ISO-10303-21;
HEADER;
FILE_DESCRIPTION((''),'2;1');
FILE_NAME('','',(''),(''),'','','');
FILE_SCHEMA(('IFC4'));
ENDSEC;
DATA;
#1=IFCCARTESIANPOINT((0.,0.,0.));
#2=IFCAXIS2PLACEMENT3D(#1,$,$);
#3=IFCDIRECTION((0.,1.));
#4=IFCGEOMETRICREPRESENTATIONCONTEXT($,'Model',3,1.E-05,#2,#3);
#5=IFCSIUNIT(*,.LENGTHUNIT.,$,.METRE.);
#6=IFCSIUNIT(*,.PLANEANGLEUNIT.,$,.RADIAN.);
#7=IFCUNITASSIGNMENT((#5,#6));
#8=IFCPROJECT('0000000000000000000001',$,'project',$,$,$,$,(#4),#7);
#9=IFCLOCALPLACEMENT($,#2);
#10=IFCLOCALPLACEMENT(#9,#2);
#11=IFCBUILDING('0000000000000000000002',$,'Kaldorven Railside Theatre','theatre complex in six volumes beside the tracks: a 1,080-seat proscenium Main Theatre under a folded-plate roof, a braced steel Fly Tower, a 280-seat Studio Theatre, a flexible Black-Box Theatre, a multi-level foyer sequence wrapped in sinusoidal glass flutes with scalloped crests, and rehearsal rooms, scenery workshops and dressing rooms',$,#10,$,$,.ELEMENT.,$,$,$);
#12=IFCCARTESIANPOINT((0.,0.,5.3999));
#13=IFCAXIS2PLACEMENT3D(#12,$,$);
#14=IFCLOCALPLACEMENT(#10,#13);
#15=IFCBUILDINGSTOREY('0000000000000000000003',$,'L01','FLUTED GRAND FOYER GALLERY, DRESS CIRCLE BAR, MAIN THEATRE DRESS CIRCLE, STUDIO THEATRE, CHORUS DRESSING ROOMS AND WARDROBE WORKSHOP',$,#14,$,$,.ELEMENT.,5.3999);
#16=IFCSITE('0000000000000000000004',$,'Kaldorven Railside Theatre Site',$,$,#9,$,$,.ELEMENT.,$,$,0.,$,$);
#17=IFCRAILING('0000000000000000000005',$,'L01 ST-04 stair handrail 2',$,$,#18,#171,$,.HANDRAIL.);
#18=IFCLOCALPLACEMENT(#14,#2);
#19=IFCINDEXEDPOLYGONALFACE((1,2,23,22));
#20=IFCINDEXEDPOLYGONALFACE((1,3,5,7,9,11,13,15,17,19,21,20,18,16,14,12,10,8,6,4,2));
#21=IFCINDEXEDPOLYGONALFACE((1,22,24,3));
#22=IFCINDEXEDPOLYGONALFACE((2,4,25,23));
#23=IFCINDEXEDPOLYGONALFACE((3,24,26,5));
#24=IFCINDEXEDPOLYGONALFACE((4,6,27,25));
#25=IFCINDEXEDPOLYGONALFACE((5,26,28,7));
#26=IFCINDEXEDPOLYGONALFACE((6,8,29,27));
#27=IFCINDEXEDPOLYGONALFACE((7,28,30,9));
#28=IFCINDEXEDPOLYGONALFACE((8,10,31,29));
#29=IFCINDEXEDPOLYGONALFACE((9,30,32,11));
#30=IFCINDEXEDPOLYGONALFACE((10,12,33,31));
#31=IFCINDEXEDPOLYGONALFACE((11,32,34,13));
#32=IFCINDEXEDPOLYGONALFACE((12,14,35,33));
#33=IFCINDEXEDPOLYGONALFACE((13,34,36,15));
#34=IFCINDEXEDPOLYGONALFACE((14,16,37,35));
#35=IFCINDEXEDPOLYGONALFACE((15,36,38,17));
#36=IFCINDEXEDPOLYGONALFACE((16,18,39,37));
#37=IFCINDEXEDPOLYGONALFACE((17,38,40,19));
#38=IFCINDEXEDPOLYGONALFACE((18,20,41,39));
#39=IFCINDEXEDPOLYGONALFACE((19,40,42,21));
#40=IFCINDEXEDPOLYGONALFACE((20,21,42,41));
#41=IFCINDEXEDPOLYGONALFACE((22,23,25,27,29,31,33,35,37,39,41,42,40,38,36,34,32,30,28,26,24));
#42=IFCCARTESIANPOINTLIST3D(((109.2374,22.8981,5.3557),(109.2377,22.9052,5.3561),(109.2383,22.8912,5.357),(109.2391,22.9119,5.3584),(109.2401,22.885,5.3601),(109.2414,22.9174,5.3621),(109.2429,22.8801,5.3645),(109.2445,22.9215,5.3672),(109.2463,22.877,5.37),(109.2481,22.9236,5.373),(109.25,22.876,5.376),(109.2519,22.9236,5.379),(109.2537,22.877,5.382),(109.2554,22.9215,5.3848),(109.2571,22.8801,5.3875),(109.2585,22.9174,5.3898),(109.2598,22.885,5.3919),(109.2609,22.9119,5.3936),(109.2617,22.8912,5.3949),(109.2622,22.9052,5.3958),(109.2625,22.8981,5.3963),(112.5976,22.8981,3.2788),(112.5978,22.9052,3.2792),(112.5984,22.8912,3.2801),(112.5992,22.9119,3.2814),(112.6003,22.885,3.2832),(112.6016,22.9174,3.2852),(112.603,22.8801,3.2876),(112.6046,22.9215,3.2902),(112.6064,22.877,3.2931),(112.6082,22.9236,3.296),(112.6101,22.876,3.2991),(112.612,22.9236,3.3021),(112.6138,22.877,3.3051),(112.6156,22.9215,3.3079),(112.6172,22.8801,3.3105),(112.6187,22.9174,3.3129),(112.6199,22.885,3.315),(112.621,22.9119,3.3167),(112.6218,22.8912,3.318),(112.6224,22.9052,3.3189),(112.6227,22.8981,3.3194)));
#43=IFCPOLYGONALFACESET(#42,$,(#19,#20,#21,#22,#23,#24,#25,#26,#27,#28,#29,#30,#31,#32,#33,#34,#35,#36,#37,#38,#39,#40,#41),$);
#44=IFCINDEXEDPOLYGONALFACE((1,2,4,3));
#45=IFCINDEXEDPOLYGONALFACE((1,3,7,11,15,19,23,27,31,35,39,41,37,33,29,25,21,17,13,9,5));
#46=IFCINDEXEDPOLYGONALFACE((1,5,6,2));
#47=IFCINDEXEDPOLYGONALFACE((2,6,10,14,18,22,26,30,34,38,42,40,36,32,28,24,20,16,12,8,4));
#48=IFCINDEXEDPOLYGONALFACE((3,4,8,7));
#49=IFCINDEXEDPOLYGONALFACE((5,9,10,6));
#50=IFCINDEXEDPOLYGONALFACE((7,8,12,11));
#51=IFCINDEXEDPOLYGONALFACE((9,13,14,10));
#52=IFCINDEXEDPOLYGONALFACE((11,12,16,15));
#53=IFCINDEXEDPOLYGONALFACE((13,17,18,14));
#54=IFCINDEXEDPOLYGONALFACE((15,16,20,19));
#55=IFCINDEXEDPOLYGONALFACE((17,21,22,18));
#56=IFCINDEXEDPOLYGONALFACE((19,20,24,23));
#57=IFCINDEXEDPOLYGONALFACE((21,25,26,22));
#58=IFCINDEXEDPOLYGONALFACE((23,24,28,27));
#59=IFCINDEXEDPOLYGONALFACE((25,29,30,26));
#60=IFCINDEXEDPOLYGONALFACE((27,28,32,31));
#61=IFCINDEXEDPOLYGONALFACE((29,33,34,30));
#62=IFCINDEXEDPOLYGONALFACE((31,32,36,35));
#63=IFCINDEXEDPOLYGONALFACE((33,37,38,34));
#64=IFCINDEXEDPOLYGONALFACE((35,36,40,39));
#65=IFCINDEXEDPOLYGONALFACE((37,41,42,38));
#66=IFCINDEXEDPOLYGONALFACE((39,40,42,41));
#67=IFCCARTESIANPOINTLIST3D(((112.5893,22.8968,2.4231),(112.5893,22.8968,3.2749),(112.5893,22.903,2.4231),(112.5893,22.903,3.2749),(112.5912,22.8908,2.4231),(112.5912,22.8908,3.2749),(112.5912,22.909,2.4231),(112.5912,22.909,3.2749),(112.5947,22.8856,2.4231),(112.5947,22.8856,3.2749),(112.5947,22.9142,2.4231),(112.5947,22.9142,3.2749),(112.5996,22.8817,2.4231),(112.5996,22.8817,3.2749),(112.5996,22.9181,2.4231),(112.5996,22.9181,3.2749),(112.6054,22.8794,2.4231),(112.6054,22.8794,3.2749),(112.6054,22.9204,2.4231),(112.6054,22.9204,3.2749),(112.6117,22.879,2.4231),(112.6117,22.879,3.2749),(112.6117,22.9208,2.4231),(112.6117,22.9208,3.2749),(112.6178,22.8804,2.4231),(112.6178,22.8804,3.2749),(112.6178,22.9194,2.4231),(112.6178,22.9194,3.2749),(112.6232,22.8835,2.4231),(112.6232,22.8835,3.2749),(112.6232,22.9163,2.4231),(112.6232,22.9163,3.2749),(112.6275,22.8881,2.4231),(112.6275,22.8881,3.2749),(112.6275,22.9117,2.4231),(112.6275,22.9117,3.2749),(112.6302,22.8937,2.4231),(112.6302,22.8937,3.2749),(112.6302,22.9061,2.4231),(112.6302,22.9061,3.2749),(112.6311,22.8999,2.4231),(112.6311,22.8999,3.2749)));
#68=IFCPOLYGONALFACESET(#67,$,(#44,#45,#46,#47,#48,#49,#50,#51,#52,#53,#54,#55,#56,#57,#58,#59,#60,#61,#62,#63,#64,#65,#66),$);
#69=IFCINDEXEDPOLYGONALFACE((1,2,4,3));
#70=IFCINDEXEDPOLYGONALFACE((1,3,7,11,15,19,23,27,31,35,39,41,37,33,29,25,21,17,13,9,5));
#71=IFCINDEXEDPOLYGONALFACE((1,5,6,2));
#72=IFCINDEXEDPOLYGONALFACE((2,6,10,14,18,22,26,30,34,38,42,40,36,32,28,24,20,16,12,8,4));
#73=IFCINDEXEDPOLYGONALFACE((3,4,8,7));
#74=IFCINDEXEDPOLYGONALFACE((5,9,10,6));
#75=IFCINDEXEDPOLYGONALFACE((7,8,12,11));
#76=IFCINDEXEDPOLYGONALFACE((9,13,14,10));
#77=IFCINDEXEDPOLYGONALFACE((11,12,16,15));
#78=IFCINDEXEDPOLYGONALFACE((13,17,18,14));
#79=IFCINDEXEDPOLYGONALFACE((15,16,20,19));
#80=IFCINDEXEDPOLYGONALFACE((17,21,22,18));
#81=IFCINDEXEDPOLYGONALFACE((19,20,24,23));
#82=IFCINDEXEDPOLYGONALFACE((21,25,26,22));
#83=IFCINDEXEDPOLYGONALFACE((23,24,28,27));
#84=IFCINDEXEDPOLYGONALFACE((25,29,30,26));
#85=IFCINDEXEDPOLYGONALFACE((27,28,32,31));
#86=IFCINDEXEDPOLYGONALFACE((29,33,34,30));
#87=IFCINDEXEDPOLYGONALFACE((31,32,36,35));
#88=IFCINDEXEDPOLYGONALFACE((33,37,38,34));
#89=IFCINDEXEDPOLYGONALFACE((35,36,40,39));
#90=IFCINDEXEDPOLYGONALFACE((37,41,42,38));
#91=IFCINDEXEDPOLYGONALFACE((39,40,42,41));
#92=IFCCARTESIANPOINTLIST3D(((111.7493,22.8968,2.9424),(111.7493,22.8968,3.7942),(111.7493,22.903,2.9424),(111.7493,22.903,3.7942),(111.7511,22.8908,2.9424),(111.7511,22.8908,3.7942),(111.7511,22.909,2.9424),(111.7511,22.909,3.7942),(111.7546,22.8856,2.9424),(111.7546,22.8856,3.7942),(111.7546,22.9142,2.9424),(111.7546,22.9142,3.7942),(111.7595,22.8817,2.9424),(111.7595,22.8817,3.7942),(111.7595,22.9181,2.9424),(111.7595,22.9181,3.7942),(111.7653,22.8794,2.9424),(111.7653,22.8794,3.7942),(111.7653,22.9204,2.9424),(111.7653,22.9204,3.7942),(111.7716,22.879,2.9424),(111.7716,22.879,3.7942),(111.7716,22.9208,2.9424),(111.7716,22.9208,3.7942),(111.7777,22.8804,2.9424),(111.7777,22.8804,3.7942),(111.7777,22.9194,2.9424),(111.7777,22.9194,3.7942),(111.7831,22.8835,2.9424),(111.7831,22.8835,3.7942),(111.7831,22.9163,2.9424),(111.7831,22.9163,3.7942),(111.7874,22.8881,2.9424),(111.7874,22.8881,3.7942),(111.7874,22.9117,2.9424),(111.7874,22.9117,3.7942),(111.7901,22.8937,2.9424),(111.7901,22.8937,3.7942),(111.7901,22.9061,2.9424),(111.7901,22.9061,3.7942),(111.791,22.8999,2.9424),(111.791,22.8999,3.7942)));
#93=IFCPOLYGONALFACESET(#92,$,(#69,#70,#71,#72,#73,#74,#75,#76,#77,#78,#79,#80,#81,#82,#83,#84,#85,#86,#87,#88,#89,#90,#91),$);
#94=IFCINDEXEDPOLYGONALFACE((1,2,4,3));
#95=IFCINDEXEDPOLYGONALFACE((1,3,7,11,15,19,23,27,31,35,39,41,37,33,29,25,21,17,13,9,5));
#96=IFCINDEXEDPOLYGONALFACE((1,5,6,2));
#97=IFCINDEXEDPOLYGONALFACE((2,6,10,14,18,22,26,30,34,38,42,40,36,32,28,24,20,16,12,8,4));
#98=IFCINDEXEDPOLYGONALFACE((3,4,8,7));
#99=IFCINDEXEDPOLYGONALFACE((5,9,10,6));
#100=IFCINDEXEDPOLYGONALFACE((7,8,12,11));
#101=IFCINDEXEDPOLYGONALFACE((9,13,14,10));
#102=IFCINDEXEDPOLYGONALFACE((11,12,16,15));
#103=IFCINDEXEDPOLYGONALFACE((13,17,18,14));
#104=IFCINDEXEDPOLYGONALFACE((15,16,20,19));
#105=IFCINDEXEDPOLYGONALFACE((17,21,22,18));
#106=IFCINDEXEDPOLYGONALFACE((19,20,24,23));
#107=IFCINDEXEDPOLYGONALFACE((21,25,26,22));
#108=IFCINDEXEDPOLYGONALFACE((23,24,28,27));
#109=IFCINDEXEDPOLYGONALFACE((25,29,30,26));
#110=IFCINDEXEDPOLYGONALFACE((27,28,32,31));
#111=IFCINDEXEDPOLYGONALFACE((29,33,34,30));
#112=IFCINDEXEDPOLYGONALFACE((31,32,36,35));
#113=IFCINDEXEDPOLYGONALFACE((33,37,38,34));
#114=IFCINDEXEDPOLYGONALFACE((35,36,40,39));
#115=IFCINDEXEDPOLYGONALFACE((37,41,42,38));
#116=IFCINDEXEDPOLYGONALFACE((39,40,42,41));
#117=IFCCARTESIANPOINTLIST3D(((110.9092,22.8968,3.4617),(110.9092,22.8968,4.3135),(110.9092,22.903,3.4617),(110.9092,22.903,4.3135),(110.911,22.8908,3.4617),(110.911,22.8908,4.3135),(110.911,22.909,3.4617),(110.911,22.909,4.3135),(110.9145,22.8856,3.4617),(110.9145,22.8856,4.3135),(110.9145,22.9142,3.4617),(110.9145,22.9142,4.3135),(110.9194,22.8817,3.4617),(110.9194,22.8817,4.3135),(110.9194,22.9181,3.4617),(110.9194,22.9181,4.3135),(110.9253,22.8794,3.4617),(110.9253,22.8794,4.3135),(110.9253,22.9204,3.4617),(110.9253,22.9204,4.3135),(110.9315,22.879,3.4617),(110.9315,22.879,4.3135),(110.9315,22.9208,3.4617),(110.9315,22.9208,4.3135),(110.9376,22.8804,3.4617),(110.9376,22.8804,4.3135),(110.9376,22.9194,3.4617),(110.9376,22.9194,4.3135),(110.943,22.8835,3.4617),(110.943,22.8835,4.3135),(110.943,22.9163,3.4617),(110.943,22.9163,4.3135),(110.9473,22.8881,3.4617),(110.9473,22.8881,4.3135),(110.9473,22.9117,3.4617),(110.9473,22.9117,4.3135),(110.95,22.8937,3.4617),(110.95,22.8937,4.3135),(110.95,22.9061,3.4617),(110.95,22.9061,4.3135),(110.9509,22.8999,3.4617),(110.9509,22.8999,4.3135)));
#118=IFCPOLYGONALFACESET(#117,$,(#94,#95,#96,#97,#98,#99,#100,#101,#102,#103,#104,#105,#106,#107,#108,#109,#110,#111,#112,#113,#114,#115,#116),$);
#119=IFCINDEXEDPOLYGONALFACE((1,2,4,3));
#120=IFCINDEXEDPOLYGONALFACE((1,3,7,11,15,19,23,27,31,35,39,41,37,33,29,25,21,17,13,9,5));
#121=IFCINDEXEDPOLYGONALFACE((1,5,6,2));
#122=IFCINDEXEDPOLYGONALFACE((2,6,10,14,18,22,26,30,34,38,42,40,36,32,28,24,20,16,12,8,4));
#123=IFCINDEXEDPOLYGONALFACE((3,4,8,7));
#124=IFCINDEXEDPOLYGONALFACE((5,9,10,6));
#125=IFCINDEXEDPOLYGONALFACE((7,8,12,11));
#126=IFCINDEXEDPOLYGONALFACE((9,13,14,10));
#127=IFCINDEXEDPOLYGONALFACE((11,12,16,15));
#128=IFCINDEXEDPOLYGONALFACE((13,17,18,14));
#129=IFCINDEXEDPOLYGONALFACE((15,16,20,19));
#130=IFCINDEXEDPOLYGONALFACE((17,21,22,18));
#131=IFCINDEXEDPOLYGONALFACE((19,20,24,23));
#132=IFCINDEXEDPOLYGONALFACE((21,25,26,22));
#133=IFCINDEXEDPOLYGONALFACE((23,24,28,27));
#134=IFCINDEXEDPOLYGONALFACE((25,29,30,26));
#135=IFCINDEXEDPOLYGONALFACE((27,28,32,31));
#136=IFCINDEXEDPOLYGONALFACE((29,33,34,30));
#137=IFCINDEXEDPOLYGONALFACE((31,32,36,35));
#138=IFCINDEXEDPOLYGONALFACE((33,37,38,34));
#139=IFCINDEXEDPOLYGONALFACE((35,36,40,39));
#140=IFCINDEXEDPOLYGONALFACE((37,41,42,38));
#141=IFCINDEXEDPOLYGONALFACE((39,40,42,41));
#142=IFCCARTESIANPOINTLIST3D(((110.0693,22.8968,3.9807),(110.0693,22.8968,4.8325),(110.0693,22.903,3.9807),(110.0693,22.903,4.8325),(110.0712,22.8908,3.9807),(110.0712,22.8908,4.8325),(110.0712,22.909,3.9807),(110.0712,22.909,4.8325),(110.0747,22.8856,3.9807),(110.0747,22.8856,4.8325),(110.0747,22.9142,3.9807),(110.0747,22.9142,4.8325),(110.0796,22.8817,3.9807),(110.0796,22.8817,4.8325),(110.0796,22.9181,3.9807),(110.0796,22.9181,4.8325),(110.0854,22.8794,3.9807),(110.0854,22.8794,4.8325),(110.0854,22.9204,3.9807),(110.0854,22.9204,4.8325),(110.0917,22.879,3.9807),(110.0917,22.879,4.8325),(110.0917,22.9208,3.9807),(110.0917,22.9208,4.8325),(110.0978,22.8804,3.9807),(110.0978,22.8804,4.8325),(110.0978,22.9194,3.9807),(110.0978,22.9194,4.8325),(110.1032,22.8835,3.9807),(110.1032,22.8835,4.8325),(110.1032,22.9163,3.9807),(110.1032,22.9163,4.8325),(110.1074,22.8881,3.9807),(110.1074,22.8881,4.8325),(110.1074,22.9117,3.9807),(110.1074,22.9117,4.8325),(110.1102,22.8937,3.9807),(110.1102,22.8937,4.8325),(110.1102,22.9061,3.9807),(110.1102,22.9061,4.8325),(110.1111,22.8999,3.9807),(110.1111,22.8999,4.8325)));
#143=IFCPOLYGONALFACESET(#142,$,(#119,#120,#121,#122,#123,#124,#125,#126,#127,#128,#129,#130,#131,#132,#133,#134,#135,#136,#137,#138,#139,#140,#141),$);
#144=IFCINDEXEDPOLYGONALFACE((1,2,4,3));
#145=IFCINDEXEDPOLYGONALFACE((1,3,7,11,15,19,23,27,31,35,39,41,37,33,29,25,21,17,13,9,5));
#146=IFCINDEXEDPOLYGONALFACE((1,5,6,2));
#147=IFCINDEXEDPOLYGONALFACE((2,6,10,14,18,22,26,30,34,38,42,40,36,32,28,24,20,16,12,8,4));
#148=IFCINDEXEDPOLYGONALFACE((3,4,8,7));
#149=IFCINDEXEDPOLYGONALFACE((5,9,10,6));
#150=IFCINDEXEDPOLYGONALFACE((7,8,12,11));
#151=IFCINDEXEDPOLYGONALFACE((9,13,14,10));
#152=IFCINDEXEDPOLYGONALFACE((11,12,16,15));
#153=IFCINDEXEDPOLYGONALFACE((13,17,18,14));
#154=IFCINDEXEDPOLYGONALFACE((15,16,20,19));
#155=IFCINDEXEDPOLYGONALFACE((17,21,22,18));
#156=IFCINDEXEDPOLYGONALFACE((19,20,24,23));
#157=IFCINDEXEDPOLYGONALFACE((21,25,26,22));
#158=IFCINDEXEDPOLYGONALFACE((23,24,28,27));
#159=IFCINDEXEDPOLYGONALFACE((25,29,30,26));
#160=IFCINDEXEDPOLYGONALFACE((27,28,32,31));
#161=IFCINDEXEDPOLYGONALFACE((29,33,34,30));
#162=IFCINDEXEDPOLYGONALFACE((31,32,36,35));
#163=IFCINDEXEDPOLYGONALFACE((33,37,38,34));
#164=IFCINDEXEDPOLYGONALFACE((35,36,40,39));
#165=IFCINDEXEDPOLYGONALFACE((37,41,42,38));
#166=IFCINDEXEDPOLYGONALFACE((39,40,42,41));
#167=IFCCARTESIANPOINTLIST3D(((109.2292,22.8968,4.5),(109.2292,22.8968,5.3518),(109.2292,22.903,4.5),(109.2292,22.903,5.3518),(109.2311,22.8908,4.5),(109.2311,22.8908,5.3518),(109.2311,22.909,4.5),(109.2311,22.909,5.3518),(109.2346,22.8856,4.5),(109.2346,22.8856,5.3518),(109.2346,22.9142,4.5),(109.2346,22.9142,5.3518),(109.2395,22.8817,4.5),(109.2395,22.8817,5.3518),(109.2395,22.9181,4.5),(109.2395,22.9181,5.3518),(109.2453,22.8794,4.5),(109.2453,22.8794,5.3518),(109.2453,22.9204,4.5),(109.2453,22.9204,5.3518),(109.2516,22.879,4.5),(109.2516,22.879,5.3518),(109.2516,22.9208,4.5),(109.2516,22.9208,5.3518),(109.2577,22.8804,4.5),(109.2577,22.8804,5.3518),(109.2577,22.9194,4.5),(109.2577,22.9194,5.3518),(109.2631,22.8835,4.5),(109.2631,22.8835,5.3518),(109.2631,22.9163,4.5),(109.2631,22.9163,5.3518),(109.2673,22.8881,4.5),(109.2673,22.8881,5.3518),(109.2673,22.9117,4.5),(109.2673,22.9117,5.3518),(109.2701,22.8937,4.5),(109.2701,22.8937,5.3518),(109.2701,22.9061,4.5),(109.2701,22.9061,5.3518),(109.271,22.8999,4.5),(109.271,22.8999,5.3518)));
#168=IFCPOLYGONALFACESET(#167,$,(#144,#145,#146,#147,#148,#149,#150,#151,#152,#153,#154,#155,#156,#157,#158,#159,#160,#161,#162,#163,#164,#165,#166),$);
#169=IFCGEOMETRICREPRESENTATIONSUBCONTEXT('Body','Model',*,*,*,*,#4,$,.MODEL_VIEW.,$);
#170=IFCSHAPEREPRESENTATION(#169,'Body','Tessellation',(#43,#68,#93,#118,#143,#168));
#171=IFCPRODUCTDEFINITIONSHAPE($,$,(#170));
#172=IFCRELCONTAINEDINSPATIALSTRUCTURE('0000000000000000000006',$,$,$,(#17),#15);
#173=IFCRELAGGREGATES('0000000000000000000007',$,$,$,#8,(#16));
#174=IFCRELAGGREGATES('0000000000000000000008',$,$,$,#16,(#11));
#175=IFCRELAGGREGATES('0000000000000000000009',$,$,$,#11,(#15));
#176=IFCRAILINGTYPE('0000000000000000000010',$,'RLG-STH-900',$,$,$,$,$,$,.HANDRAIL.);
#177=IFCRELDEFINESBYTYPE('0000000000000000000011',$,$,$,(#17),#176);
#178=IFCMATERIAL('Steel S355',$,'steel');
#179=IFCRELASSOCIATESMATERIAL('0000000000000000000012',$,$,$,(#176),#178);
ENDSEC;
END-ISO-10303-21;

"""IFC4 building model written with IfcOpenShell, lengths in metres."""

from ifc_helpers import new_model, si_unit, direction, frame, origin, origin_2d, place, context, subcontext, project, spatial, circle, extrude, material, type_object, element, save


model = new_model("IFC4")

# Units and contexts
model_context = context("Model", 3, precision=1e-05, world=origin(), true_north=direction((0.0, 1.0)))
body_context = subcontext(model_context, "Body", "Model", "MODEL_VIEW")
ifc_project = project(units=[si_unit("LENGTHUNIT", "METRE"), si_unit("PLANEANGLEUNIT", "RADIAN")], contexts=[model_context])

# Site, building, storey
site_placement = place(None, origin())
site = spatial("IfcSite", under=ifc_project, at=site_placement, Name="Kaldorven Railside Theatre Site", CompositionType="ELEMENT", RefElevation=0.0)
building_placement = place(site_placement, origin())
building = spatial("IfcBuilding", under=site, at=building_placement, Name="Kaldorven Railside Theatre", Description="theatre complex in six volumes beside the tracks: a 1,080-seat proscenium Main Theatre under a folded-plate roof, a braced steel Fly Tower, a 280-seat Studio Theatre, a flexible Black-Box Theatre, a multi-level foyer sequence wrapped in sinusoidal glass flutes with scalloped crests, and rehearsal rooms, scenery workshops and dressing rooms", CompositionType="ELEMENT")
storey_placement = place(building_placement, frame((0.0, 0.0, 5.3999)))
storey = spatial("IfcBuildingStorey", under=building, at=storey_placement, Name="L01", Description="FLUTED GRAND FOYER GALLERY, DRESS CIRCLE BAR, MAIN THEATRE DRESS CIRCLE, STUDIO THEATRE, CHORUS DRESSING ROOMS AND WARDROBE WORKSHOP", CompositionType="ELEMENT", Elevation=5.3999)

# Shared definitions
ifc_material_1 = material(Name="Steel S355", Category="steel")

# Railing
railing_type_1 = type_object("IfcRailingType", Name="RLG-STH-900", PredefinedType="HANDRAIL", material=ifc_material_1)
railing_1_placement = place(storey_placement, frame((112.6101, 22.8999, 2.4231)))
element("IfcRailing", 1, at=railing_1_placement, inside=storey, type_object=railing_type_1, Name="L01 ST-04 stair handrail 2", PredefinedType="HANDRAIL", context=body_context, shape_type="SweptSolid", body=[
    extrude(circle(Radius=0.0239, at=origin_2d()), frame((0.0, 0.0, 0.876), z_axis=(-0.850623, 0.0, 0.525776), x_axis=(0.0, -1.0, 0.0)), (0.0, 0.0, 1.0), 3.9502),
    extrude(circle(Radius=0.021, at=origin_2d()), origin(), (0.0, 0.0, 1.0), 0.8518),
    extrude(circle(Radius=0.021, at=origin_2d()), frame((-0.8401, 0.0, 0.5193)), (0.0, 0.0, 1.0), 0.8518),
    extrude(circle(Radius=0.021, at=origin_2d()), frame((-1.6802, 0.0, 1.0386)), (0.0, 0.0, 1.0), 0.8518),
    extrude(circle(Radius=0.021, at=origin_2d()), frame((-2.52, 0.0, 1.5576)), (0.0, 0.0, 1.0), 0.8518),
    extrude(circle(Radius=0.021, at=origin_2d()), frame((-3.3601, 0.0, 2.0769)), (0.0, 0.0, 1.0), 0.8518),
])

save(model, "model.ifc")
